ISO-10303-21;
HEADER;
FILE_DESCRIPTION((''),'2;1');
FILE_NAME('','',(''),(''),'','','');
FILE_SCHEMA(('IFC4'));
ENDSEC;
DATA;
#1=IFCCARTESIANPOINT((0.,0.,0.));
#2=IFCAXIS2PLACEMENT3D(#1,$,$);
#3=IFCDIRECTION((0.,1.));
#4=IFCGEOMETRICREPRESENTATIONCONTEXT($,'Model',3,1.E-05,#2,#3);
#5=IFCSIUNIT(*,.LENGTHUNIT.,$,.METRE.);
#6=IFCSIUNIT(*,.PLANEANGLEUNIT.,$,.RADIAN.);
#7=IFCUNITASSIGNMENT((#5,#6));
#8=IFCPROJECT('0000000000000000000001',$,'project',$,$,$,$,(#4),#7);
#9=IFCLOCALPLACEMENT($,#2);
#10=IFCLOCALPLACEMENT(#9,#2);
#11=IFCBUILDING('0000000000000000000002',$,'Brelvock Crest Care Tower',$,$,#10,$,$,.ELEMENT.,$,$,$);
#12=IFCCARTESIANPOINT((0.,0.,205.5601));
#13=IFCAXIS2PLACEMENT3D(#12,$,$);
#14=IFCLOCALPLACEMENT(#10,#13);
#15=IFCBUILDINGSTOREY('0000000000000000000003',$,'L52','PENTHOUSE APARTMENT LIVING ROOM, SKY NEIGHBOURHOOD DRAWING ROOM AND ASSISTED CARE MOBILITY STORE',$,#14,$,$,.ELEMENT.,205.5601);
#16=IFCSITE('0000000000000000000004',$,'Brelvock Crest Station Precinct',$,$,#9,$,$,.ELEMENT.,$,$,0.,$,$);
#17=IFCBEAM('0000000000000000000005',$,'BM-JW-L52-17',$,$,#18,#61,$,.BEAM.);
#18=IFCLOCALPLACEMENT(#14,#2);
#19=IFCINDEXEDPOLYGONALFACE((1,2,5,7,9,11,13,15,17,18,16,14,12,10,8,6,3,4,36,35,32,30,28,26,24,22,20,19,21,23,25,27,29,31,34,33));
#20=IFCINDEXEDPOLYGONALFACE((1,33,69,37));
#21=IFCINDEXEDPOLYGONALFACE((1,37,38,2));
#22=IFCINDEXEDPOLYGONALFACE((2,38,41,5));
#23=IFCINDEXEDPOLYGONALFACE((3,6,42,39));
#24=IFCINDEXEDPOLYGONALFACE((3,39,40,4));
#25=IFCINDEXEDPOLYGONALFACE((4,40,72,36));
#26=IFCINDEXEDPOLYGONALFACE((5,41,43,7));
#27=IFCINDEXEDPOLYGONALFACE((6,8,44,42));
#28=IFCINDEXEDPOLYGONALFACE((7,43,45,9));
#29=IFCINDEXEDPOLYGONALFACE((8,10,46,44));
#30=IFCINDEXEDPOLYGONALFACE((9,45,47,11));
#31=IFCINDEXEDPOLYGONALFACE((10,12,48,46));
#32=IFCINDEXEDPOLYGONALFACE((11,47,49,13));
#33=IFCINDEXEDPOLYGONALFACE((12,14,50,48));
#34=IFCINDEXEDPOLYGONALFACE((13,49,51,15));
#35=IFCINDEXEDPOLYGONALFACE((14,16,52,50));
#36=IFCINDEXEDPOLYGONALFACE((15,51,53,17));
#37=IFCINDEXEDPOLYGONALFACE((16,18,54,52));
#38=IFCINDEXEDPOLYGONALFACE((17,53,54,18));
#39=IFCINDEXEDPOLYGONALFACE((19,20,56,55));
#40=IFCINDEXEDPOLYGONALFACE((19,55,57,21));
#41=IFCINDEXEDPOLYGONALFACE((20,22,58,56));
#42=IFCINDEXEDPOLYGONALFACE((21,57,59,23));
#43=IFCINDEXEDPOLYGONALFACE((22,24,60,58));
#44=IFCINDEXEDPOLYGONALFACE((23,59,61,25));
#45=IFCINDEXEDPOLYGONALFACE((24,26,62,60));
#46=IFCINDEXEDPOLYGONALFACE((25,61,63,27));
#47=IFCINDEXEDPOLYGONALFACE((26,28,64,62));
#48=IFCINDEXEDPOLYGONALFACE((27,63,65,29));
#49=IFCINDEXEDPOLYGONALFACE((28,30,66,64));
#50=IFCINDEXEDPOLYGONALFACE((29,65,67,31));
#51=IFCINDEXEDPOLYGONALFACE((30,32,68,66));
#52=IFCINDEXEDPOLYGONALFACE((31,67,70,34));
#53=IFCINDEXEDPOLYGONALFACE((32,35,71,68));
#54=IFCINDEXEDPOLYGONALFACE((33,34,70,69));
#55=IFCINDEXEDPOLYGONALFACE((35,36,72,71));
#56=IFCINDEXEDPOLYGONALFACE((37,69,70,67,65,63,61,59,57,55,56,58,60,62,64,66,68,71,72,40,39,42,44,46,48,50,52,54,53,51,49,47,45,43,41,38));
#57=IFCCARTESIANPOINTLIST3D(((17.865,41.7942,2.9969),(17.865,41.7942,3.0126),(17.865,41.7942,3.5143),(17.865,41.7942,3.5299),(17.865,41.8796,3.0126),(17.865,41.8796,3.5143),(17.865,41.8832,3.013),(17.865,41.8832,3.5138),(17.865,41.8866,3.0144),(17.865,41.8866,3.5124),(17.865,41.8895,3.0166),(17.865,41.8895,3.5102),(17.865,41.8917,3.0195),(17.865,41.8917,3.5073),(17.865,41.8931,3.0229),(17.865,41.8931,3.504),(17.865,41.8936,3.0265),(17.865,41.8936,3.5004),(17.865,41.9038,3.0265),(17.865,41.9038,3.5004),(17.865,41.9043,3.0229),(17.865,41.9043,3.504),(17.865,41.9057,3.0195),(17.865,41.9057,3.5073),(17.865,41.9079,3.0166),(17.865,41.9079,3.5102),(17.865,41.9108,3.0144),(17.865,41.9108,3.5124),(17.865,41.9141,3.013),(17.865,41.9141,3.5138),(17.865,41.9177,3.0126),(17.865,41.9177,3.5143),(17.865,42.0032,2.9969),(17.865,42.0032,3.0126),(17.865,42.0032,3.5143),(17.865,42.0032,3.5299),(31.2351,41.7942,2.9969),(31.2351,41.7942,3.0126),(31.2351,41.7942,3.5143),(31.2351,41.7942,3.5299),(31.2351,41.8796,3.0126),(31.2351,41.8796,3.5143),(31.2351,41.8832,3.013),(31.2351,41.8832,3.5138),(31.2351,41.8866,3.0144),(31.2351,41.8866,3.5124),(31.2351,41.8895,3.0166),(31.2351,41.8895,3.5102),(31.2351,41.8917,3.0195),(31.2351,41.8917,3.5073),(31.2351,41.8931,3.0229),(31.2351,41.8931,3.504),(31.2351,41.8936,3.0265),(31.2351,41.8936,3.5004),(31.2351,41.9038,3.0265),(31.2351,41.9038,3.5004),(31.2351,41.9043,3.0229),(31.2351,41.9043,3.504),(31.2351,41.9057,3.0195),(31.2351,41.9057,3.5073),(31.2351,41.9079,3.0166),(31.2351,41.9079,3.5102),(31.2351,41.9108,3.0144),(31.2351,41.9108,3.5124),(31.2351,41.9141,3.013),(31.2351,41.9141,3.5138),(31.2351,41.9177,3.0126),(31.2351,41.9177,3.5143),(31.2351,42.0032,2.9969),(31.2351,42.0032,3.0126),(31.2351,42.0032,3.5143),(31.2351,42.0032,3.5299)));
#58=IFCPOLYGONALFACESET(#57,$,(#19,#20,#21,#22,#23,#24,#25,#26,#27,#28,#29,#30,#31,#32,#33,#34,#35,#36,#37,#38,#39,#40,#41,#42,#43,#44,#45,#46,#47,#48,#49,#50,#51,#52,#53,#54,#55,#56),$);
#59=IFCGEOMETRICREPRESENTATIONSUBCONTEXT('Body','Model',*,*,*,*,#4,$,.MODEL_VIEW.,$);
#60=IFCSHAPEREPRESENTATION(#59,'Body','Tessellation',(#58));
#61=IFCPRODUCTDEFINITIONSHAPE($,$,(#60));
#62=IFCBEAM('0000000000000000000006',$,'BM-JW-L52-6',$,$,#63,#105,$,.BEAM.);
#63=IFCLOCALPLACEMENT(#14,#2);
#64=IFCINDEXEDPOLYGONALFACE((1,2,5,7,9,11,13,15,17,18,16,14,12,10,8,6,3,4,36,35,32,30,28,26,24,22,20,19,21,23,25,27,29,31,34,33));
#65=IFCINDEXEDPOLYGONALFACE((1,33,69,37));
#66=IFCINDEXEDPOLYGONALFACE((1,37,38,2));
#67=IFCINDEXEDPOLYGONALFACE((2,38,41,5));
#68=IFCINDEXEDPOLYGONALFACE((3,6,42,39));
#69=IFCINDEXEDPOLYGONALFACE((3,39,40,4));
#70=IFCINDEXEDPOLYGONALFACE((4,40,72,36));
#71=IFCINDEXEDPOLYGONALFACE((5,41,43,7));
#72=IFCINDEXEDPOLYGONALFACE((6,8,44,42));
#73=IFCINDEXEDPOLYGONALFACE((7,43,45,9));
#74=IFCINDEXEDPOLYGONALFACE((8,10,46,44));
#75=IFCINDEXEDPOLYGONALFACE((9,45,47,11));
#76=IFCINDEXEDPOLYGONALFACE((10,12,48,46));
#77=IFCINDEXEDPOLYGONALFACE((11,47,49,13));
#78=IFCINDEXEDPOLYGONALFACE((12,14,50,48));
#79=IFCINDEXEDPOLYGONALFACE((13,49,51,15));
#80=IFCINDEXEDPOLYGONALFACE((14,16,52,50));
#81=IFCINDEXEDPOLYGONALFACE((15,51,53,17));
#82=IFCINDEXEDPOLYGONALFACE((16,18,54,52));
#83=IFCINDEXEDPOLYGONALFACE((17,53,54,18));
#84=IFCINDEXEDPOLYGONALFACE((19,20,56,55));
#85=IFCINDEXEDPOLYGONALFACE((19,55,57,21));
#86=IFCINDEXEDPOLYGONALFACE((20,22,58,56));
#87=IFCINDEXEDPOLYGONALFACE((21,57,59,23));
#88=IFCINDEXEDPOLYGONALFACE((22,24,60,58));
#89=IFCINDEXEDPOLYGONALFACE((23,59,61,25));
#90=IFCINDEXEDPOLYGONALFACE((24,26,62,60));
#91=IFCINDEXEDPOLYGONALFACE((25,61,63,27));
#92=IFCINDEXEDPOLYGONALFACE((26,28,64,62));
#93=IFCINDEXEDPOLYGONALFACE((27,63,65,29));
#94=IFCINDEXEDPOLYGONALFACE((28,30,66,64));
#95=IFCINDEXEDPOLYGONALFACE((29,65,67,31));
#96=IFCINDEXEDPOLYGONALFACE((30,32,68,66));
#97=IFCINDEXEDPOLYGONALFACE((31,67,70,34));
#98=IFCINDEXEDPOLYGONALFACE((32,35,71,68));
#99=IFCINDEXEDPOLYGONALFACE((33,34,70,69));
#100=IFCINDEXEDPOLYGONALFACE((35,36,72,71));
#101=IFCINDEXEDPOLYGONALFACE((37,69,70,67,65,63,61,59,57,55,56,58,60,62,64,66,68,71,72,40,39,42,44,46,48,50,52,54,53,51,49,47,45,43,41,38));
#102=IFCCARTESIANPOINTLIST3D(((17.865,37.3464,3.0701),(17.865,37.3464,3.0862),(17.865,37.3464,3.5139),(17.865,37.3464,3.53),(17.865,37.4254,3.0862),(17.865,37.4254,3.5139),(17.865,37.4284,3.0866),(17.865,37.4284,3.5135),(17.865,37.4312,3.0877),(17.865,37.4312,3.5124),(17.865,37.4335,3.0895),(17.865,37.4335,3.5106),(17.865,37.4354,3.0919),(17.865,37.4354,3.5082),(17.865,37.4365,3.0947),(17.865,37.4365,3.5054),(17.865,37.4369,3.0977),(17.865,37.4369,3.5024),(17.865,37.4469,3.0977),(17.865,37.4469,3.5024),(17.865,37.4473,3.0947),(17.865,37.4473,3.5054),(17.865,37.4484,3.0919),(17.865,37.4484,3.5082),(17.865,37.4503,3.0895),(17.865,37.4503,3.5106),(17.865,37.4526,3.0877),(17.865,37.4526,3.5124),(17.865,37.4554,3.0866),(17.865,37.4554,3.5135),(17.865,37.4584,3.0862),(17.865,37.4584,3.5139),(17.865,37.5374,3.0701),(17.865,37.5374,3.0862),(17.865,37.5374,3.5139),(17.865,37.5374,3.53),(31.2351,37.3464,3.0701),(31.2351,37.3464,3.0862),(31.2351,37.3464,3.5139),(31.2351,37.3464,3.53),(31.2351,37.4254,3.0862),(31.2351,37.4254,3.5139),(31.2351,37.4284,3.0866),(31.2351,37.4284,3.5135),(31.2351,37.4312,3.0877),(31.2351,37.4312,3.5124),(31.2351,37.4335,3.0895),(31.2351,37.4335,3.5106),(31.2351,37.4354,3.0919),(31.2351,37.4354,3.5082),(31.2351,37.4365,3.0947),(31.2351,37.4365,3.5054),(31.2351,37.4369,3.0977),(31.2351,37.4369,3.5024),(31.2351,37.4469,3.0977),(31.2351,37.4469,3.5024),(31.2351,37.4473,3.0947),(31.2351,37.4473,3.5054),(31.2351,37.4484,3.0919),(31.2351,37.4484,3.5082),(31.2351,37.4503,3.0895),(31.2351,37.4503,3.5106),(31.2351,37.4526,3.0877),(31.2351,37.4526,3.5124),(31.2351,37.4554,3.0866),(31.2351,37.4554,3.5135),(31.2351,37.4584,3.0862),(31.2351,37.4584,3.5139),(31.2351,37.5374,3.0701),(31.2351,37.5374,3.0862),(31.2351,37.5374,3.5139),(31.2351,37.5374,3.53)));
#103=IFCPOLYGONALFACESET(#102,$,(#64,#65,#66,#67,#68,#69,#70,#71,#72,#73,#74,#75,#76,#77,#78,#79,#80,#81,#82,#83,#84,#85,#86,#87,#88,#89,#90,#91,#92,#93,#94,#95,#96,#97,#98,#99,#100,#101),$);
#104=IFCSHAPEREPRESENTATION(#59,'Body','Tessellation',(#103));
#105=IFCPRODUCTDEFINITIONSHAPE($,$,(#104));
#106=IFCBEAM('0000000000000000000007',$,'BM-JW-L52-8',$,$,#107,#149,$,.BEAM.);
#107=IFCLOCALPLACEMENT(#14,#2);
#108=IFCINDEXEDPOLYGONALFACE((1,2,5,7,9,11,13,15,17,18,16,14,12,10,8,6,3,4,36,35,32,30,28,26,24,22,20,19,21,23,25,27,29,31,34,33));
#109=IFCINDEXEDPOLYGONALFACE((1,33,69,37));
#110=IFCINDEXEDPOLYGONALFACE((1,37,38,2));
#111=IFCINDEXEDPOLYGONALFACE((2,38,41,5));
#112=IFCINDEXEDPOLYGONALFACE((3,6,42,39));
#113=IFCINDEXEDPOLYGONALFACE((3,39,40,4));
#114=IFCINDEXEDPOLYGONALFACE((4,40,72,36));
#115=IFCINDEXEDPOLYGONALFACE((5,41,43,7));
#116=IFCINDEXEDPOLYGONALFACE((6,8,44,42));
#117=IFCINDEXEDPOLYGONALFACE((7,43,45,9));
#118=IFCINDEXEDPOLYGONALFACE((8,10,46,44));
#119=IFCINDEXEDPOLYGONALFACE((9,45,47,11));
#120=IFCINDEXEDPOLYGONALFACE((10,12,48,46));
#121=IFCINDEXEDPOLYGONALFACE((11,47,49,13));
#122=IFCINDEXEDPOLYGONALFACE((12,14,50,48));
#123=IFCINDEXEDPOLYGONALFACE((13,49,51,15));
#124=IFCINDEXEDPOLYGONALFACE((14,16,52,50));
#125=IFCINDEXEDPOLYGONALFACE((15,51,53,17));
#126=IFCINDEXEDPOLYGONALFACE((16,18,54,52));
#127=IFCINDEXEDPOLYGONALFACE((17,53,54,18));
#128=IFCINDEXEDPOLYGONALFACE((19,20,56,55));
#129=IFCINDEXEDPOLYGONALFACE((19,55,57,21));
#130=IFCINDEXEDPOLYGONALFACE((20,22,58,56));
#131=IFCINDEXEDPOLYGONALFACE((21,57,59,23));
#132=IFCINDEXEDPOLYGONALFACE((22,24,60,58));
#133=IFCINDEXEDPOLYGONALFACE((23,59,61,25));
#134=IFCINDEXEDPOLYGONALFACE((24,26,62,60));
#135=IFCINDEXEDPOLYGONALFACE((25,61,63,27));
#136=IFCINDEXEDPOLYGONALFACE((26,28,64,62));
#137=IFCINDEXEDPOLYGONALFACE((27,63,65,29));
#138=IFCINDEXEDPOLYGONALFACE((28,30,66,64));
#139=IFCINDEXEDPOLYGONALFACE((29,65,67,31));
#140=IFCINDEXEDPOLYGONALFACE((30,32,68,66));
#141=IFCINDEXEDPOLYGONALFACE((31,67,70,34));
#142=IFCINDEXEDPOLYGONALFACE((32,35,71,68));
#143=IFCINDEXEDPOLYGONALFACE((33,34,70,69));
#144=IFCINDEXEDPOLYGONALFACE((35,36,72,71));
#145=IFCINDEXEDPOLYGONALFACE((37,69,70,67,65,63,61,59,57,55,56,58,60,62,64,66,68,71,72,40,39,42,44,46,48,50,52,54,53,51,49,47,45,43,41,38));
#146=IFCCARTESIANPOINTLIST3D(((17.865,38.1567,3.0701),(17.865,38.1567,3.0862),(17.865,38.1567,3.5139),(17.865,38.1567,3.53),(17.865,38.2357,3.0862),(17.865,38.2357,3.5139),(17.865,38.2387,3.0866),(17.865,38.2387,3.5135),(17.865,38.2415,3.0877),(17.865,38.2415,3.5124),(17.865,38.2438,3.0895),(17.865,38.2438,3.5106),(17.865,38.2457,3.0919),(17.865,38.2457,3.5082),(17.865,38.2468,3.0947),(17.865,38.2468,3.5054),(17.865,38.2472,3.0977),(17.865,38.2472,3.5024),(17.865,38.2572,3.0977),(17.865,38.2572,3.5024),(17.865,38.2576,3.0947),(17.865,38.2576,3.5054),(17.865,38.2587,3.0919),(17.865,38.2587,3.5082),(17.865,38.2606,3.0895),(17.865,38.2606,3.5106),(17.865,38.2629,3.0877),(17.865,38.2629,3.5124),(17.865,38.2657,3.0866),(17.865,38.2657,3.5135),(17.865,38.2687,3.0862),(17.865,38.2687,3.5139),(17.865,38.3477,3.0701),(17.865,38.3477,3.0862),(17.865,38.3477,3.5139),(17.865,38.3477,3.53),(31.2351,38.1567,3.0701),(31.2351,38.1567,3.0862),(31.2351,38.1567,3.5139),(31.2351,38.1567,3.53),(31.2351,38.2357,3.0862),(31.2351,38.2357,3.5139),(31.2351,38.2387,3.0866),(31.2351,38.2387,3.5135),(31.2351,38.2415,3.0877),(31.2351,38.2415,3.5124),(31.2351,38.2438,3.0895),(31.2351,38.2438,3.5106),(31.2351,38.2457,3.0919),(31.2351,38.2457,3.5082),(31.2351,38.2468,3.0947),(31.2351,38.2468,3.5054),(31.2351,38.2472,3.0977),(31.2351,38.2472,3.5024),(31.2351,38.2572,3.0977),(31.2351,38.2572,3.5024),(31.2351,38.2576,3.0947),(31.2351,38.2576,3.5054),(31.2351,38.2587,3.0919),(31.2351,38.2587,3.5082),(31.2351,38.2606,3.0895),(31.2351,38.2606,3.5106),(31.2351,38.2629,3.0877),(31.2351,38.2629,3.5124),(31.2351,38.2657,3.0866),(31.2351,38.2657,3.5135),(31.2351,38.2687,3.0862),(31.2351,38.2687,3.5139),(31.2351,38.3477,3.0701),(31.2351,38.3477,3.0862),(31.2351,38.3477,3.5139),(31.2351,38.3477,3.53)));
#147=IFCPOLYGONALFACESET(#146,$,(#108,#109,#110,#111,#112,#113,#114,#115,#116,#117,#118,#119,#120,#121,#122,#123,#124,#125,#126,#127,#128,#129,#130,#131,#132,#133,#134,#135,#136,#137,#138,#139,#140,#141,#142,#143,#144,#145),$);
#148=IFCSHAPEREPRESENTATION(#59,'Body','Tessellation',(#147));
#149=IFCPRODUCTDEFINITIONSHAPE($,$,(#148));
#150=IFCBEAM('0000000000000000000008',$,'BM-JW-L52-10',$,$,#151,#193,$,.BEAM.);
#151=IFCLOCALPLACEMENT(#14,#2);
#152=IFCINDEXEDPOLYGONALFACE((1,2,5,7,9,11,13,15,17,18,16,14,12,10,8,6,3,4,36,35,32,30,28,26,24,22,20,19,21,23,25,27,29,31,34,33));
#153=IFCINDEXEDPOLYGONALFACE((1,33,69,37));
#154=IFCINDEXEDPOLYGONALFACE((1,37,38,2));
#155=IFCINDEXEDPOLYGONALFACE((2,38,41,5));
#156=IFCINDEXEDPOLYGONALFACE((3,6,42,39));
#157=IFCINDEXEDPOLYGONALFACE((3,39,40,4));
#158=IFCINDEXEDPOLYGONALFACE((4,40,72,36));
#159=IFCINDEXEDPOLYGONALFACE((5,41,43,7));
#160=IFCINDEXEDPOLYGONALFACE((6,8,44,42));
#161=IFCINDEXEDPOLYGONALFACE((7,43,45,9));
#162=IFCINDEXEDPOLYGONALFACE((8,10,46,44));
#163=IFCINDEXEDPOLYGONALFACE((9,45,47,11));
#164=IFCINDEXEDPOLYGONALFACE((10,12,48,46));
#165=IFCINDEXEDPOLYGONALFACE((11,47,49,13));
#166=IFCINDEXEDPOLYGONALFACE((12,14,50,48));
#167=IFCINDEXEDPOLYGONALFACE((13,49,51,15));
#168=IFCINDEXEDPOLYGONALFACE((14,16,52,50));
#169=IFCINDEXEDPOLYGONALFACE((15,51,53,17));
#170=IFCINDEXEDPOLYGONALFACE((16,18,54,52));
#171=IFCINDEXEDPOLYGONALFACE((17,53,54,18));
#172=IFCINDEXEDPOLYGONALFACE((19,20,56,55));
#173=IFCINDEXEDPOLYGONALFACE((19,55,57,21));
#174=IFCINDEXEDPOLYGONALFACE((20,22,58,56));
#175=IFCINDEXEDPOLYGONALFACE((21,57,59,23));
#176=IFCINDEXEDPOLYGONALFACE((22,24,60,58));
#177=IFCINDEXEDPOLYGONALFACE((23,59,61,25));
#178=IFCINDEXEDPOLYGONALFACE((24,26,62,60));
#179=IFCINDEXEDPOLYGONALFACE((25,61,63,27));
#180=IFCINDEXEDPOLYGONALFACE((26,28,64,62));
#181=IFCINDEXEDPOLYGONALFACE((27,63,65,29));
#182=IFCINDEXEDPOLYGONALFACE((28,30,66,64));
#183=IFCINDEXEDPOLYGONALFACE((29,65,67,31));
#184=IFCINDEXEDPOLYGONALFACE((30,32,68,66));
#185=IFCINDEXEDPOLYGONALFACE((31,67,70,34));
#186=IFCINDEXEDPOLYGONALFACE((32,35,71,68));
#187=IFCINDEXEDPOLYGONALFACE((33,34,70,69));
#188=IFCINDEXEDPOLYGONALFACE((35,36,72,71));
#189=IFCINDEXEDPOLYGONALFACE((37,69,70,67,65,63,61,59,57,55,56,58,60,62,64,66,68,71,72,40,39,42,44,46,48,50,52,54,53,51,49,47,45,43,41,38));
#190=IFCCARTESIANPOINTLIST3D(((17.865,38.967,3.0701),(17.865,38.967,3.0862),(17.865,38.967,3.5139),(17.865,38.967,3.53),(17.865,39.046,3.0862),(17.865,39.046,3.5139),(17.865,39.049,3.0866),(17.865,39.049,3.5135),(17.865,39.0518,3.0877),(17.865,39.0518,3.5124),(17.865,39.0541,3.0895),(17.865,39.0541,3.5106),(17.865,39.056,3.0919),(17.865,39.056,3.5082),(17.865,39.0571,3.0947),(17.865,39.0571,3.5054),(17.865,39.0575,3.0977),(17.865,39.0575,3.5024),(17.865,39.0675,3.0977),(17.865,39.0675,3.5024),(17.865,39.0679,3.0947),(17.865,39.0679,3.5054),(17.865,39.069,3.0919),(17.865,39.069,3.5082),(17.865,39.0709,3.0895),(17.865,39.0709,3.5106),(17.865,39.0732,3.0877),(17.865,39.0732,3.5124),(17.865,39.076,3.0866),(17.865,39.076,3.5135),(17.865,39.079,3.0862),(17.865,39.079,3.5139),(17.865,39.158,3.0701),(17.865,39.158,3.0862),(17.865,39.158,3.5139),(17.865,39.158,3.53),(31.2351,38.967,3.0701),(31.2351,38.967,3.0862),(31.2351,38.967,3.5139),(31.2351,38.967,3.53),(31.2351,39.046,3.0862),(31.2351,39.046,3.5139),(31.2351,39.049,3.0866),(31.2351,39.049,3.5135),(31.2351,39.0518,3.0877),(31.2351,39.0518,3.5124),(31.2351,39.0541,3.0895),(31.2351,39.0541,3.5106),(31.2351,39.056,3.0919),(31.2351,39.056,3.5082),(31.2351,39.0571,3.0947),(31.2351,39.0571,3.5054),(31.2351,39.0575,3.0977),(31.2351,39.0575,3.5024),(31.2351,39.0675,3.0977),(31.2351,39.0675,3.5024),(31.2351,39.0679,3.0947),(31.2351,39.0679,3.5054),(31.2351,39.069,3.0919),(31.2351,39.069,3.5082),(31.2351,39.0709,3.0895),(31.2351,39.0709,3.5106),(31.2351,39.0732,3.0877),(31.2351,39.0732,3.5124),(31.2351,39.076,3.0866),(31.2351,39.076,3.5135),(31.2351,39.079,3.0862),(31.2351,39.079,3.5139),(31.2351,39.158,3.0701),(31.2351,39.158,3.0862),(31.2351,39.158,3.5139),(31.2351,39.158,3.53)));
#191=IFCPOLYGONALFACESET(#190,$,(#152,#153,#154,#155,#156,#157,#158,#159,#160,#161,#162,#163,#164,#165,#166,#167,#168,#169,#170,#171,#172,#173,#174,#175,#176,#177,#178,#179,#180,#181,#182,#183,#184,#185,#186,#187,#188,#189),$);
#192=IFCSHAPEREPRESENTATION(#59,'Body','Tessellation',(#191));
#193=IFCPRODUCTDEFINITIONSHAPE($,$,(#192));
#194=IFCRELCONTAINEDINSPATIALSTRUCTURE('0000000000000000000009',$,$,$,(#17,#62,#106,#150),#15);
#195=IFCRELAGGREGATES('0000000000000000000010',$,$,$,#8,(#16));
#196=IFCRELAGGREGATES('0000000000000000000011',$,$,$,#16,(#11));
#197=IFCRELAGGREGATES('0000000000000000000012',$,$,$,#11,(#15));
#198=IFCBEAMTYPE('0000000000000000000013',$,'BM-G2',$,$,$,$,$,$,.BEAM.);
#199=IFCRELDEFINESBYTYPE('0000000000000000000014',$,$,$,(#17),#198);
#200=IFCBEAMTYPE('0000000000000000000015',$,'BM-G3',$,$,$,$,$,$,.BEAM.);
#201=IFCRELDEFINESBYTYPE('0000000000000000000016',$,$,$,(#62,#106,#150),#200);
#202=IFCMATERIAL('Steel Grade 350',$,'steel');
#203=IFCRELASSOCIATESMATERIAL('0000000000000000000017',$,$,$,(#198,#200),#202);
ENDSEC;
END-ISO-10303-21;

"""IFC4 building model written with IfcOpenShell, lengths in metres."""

from ifc_helpers import new_model, si_unit, direction, frame, origin, origin_2d, place, context, subcontext, project, spatial, i_section, extrude, source, transform, mapped, material, material_profile, profile_set, type_object, element, save


model = new_model("IFC4")

# Units and contexts
model_context = context("Model", 3, precision=1e-05, world=origin(), true_north=direction((0.0, 1.0)))
body_context = subcontext(model_context, "Body", "Model", "MODEL_VIEW")
ifc_project = project(units=[si_unit("LENGTHUNIT", "METRE"), si_unit("PLANEANGLEUNIT", "RADIAN")], contexts=[model_context])

# Site, building, storey
site_placement = place(None, origin())
site = spatial("IfcSite", under=ifc_project, at=site_placement, Name="Brelvock Crest Station Precinct", CompositionType="ELEMENT", RefElevation=0.0)
building_placement = place(site_placement, origin())
building = spatial("IfcBuilding", under=site, at=building_placement, Name="Brelvock Crest Care Tower", CompositionType="ELEMENT")
storey_placement = place(building_placement, frame((0.0, 0.0, 205.5601)))
storey = spatial("IfcBuildingStorey", under=building, at=storey_placement, Name="L52", Description="PENTHOUSE APARTMENT LIVING ROOM, SKY NEIGHBOURHOOD DRAWING ROOM AND ASSISTED CARE MOBILITY STORE", CompositionType="ELEMENT", Elevation=205.5601)

# Shared definitions
ifc_material_1 = material(Name="Steel Grade 350", Category="steel")

# Beams
ifc_material_profile_1 = material_profile(ifc_material_1, i_section(OverallWidth=0.209, OverallDepth=0.533, WebThickness=0.0103, FlangeThickness=0.0156, FilletRadius=0.0139, at=origin_2d()), Name="530UB92.4")
ifc_profile_set_1 = profile_set([ifc_material_profile_1], Name="Steel Grade 350")
beam_type_1 = type_object("IfcBeamType", Name="BM-G2", PredefinedType="BEAM", material=ifc_profile_set_1)
shared_shape_1 = source(origin(), body_context, "Body", "SweptSolid", [
    extrude(i_section(OverallWidth=0.209, OverallDepth=0.533, WebThickness=0.0103, FlangeThickness=0.0156, FilletRadius=0.0139, at=origin_2d()), origin(), (0.0, 0.0, 1.0), 13.3701),
])
for number, where, z_axis, x_axis, name in (
    (1, (17.865, 41.8987, 3.2634), (1.0, 0.0, 0.0), (0.0, 1.0, 0.0), "BM-JW-L52-17"),
):
    element("IfcBeam", number, at=place(storey_placement, frame(where, z_axis=z_axis, x_axis=x_axis)), inside=storey, type_object=beam_type_1, Name=name, PredefinedType="BEAM", context=body_context, shape_type="MappedRepresentation", body=[
        mapped(shared_shape_1, transform((0.0, 0.0, 0.0), x_axis=(1.0, 0.0, 0.0), y_axis=(0.0, 1.0, 0.0), z_axis=(0.0, 0.0, 1.0), scale=1.0)),
    ])
ifc_material_profile_2 = material_profile(ifc_material_1, i_section(OverallWidth=0.1909, OverallDepth=0.46, WebThickness=0.01, FlangeThickness=0.0161, FilletRadius=0.0115, at=origin_2d()), Name="460UB82.1")
ifc_profile_set_2 = profile_set([ifc_material_profile_2], Name="Steel Grade 350")
beam_type_2 = type_object("IfcBeamType", Name="BM-G3", PredefinedType="BEAM", material=ifc_profile_set_2)
shared_shape_2 = source(origin(), body_context, "Body", "SweptSolid", [
    extrude(i_section(OverallWidth=0.1909, OverallDepth=0.46, WebThickness=0.01, FlangeThickness=0.0161, FilletRadius=0.0115, at=origin_2d()), origin(), (0.0, 0.0, 1.0), 13.3701),
])
for number, where, z_axis, x_axis, name in (
    (2, (17.865, 37.4419, 3.3), (1.0, 0.0, 0.0), (0.0, 1.0, 0.0), "BM-JW-L52-6"),
    (3, (17.865, 38.2522, 3.3), (1.0, 0.0, 0.0), (0.0, 1.0, 0.0), "BM-JW-L52-8"),
    (4, (17.865, 39.0625, 3.3), (1.0, 0.0, 0.0), (0.0, 1.0, 0.0), "BM-JW-L52-10"),
):
    element("IfcBeam", number, at=place(storey_placement, frame(where, z_axis=z_axis, x_axis=x_axis)), inside=storey, type_object=beam_type_2, Name=name, PredefinedType="BEAM", context=body_context, shape_type="MappedRepresentation", body=[
        mapped(shared_shape_2, transform((0.0, 0.0, 0.0), x_axis=(1.0, 0.0, 0.0), y_axis=(0.0, 1.0, 0.0), z_axis=(0.0, 0.0, 1.0), scale=1.0)),
    ])

save(model, "model.ifc")
